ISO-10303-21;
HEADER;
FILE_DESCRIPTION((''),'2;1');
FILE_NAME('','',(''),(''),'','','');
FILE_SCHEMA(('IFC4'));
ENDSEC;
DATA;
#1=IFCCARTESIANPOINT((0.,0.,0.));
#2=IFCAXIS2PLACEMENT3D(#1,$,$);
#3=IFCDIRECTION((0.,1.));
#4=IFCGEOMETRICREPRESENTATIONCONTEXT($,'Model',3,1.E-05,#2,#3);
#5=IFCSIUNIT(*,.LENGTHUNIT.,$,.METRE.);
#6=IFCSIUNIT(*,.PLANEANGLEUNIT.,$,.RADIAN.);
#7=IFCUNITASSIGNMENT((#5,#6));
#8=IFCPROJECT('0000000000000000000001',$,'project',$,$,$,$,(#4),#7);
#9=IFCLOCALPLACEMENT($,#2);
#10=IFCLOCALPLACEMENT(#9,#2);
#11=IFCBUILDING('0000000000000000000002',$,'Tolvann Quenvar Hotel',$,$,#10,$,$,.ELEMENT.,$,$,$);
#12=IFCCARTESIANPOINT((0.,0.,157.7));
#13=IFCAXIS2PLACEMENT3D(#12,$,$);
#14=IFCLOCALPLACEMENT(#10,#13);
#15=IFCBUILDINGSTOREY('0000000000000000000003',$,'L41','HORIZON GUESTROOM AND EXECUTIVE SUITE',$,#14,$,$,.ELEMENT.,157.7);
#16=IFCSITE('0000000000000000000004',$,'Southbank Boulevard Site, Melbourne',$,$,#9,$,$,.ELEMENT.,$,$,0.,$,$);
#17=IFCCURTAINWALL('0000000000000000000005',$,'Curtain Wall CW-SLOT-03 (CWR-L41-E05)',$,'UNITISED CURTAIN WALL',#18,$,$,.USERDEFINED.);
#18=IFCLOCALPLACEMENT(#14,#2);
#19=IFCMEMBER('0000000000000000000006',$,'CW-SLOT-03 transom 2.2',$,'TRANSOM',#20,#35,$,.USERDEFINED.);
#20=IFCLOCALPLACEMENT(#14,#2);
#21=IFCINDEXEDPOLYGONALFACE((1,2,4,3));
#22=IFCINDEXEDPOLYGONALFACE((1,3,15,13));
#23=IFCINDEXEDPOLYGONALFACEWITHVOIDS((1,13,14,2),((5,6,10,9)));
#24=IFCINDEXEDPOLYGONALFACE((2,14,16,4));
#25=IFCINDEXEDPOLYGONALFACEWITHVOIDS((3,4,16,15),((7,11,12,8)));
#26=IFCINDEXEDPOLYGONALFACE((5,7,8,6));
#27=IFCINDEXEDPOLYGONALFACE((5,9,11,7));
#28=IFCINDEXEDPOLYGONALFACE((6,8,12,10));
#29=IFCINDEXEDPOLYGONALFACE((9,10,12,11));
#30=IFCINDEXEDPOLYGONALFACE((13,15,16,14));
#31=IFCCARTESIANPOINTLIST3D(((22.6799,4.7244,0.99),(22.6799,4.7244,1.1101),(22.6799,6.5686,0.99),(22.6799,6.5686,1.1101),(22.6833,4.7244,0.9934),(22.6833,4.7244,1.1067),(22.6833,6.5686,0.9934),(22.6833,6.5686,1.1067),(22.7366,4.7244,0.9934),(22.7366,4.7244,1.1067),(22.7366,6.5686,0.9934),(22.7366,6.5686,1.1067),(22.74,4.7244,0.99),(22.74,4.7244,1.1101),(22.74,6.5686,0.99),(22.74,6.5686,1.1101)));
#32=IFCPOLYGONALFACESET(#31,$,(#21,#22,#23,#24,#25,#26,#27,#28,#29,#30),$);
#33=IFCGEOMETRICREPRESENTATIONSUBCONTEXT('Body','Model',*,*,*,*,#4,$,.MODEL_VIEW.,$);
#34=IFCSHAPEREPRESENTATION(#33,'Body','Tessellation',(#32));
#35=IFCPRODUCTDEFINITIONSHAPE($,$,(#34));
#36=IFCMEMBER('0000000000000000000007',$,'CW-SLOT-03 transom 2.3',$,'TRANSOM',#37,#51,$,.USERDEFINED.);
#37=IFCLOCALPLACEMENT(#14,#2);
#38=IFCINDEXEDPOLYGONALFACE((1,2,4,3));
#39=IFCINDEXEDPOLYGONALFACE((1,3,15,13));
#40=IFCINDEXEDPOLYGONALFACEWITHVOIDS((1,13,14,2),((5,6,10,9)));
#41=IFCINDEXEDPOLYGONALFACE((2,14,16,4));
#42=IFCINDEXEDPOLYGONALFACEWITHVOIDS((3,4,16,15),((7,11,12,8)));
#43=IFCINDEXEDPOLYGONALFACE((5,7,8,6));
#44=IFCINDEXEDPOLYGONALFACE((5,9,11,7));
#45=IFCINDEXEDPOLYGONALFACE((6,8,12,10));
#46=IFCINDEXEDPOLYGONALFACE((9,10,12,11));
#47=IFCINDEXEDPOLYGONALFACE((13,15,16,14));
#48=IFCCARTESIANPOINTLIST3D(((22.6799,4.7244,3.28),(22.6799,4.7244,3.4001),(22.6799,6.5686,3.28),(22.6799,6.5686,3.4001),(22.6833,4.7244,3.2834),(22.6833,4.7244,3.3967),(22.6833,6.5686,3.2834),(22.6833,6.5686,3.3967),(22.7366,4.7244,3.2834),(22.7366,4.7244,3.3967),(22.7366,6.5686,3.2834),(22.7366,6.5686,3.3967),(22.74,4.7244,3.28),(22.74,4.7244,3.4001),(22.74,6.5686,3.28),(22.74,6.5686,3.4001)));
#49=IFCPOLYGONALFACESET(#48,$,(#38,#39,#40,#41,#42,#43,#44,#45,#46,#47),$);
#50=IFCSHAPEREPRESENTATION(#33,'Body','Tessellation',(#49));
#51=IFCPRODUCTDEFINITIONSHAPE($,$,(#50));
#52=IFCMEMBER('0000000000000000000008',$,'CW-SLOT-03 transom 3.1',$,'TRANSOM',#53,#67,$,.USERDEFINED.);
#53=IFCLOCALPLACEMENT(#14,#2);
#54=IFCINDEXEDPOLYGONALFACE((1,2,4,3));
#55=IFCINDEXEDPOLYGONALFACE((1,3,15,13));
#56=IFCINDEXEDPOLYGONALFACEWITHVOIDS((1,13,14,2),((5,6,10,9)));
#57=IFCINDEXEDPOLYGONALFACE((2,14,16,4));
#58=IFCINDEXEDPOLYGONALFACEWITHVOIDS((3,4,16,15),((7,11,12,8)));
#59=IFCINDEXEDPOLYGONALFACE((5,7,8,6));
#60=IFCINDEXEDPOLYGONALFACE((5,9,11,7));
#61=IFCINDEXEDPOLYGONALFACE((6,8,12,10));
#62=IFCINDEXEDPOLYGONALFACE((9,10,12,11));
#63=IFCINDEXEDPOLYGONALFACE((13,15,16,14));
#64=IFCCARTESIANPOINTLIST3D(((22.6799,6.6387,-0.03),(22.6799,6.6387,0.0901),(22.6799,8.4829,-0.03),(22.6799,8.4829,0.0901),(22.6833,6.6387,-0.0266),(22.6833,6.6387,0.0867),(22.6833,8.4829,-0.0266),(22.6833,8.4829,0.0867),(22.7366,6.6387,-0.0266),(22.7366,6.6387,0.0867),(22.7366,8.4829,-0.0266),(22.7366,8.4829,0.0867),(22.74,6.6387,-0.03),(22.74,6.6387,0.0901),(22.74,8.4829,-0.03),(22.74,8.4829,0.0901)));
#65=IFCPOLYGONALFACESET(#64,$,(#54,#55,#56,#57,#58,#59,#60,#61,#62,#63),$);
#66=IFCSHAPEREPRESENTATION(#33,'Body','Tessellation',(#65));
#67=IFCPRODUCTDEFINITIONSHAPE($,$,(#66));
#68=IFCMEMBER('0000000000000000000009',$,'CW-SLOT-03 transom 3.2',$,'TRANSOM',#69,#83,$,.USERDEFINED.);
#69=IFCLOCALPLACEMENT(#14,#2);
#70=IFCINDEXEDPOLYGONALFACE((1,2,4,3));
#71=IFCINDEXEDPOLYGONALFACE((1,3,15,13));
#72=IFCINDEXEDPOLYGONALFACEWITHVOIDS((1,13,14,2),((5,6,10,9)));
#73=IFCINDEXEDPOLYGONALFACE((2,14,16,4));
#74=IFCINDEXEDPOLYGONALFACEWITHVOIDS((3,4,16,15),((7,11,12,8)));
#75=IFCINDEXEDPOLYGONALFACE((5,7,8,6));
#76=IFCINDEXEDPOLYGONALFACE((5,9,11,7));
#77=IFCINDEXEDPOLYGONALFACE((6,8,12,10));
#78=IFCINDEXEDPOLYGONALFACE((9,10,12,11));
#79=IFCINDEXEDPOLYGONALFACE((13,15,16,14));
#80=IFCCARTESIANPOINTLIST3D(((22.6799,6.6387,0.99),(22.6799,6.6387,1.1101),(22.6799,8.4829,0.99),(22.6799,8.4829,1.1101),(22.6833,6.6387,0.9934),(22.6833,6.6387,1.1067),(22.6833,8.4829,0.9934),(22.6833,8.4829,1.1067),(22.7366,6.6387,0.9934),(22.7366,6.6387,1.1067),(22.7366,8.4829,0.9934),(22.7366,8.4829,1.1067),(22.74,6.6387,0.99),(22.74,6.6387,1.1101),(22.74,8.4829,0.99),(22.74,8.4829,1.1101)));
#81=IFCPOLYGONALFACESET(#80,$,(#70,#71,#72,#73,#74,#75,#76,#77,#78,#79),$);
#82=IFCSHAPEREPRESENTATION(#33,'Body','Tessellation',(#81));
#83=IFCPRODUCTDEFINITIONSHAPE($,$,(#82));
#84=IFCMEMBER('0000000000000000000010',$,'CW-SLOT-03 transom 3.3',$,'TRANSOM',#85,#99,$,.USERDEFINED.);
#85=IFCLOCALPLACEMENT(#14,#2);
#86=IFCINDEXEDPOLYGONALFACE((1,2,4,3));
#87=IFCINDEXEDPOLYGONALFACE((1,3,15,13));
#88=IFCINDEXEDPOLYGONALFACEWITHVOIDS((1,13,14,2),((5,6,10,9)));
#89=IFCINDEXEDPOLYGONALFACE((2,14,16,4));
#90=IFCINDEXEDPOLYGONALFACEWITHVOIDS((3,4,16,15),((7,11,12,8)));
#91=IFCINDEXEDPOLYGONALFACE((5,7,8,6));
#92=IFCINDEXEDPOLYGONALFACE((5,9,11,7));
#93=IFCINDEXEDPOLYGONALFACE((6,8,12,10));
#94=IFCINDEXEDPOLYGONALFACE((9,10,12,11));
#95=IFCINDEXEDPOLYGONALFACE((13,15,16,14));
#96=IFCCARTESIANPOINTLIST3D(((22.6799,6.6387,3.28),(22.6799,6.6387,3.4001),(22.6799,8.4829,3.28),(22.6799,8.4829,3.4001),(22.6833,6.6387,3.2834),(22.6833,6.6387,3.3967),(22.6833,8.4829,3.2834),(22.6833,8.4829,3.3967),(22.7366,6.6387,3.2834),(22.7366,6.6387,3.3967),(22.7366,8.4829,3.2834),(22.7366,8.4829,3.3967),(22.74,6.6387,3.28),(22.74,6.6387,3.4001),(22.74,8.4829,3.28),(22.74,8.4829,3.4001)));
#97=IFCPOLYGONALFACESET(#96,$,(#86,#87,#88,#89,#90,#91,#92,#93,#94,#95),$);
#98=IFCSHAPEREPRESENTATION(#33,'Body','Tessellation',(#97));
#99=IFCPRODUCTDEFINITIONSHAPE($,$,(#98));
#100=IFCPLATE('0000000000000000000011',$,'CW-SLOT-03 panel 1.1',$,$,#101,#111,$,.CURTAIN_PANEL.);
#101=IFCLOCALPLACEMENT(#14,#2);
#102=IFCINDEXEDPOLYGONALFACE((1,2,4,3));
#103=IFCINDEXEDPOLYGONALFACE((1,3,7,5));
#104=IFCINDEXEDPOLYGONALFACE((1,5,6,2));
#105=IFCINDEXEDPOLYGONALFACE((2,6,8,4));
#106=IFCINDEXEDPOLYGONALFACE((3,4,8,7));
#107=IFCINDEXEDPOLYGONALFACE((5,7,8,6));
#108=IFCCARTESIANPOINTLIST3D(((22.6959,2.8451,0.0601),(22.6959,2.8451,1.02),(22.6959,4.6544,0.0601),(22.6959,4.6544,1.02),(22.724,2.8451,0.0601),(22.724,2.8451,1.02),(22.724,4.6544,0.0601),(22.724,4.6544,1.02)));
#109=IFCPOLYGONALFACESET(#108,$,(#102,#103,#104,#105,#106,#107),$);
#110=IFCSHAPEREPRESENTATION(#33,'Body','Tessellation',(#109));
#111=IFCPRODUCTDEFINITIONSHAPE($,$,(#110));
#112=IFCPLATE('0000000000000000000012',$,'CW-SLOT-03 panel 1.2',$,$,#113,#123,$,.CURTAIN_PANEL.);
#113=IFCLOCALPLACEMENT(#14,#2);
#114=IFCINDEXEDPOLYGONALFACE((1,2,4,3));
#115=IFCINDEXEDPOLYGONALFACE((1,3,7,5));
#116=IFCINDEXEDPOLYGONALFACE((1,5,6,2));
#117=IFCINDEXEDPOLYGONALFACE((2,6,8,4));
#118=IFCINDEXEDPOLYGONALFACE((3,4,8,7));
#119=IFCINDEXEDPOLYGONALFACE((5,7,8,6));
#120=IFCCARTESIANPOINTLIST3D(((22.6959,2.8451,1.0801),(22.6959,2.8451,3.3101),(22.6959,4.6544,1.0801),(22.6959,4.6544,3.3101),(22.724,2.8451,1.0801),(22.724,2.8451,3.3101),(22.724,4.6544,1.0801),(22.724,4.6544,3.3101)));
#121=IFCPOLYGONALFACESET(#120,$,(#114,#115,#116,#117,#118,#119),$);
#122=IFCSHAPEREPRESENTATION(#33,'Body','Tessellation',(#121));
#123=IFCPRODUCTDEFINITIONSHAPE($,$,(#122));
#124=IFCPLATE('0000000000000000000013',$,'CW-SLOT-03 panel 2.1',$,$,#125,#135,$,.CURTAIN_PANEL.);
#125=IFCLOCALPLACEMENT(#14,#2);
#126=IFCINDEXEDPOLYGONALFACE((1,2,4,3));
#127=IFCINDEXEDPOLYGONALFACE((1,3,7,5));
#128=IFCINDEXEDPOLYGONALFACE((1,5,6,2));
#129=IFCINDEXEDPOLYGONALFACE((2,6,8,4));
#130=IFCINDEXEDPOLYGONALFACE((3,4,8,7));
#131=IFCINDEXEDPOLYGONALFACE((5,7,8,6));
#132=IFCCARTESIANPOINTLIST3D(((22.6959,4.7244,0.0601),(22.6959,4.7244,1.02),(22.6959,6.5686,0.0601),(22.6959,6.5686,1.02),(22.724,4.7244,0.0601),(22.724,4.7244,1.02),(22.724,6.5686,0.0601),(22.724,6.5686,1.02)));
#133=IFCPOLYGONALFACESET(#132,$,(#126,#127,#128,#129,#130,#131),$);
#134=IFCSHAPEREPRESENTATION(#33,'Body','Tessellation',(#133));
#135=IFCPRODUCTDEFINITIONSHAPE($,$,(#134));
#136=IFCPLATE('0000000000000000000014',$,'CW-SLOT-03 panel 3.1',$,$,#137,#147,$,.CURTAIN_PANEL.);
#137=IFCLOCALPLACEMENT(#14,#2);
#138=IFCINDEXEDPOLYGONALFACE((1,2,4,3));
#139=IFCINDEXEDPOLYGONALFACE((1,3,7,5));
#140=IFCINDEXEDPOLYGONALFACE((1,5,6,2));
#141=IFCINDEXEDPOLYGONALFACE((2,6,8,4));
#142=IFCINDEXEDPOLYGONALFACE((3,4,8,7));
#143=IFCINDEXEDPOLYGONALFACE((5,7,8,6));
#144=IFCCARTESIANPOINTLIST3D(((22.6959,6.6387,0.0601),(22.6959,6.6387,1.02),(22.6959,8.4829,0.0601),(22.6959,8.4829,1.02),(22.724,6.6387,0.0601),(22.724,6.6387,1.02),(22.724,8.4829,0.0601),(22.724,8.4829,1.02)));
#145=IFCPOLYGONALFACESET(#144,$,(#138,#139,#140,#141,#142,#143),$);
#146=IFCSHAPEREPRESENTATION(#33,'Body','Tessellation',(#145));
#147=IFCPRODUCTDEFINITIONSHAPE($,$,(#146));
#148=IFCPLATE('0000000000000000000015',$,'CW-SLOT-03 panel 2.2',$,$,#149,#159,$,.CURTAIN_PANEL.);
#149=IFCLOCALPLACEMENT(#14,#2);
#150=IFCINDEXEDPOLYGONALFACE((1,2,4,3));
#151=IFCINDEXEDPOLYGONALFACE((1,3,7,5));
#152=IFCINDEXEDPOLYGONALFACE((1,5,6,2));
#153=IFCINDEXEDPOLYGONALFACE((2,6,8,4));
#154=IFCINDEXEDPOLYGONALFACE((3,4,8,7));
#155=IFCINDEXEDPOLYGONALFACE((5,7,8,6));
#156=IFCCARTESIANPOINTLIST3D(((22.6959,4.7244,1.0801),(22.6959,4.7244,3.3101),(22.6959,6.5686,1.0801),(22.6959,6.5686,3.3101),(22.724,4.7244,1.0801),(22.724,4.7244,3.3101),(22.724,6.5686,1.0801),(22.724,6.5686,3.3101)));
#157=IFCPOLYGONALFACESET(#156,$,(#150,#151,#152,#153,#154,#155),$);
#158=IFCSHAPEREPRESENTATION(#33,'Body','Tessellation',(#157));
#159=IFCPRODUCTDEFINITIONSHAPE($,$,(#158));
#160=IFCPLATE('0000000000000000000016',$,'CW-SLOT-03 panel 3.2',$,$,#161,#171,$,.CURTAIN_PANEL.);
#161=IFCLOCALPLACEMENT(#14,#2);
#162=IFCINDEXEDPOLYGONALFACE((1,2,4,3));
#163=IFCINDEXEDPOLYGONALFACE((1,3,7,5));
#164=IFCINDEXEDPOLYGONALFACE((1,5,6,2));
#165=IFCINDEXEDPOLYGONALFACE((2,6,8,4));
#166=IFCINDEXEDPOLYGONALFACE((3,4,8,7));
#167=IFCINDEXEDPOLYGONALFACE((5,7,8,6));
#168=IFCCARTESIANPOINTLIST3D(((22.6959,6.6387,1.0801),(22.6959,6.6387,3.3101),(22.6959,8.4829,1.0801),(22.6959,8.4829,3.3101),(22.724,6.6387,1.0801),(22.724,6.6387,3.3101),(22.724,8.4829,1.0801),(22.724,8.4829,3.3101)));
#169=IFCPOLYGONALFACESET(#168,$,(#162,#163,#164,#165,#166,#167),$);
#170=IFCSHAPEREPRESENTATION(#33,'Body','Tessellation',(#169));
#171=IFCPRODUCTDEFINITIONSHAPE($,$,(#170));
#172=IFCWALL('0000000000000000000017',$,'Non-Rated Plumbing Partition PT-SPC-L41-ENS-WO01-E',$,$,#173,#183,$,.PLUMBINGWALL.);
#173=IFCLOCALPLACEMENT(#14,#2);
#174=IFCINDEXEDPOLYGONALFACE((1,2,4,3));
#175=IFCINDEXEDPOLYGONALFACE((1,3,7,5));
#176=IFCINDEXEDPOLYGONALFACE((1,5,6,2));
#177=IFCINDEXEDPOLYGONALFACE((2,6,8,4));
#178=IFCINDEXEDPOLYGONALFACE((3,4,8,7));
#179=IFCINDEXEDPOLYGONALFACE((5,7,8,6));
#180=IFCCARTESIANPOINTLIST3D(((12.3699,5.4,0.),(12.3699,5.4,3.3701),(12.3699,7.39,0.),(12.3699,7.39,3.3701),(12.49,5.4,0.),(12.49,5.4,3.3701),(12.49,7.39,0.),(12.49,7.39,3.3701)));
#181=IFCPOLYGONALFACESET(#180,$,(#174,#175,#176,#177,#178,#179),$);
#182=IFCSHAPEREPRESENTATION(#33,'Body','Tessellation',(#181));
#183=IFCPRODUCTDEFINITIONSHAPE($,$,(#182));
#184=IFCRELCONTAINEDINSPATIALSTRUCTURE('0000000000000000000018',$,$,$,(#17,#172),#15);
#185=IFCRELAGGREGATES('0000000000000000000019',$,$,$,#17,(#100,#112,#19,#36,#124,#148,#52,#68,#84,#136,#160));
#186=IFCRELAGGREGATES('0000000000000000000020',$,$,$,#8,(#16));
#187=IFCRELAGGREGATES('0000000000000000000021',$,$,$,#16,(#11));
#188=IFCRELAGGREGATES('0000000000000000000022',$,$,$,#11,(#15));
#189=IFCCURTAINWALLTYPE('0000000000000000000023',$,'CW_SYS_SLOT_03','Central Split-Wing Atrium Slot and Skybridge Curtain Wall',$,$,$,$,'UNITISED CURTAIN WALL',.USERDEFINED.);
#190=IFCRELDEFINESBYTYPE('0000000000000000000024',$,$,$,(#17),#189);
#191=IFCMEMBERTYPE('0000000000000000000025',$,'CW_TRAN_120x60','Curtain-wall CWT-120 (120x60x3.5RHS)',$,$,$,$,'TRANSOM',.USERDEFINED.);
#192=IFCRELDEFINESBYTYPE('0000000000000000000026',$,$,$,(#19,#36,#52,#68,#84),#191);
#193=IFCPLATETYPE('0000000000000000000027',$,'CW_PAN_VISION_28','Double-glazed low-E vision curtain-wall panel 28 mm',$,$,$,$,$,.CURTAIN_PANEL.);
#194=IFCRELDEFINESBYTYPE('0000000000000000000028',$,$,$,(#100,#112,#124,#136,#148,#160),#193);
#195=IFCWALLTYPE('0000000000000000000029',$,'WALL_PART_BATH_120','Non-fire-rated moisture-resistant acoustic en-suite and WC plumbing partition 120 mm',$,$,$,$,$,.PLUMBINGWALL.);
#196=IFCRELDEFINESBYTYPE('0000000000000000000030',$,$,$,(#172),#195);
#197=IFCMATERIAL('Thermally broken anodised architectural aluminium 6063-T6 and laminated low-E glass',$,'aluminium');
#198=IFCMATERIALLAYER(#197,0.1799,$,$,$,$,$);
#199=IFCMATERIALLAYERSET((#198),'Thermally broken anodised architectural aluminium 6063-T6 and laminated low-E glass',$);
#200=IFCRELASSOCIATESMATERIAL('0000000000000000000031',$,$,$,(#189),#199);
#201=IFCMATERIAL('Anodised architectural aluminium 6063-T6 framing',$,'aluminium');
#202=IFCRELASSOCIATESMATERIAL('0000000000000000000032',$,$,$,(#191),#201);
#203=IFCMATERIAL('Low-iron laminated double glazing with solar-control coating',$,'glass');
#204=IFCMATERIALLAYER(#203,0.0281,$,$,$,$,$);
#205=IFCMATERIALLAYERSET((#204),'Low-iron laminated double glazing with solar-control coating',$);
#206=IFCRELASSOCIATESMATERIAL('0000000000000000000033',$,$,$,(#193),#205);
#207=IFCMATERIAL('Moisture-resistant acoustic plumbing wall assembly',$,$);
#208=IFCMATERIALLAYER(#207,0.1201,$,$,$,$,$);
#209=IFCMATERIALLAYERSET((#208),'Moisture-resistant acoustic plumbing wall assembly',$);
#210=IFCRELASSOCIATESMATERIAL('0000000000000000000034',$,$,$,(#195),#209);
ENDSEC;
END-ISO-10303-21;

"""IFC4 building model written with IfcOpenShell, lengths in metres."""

from ifc_helpers import new_model, si_unit, direction, frame, frame_2d, origin, origin_2d, place, context, subcontext, project, spatial, rectangle, hollow_rectangle, extrude, source, transform, mapped, material, layer, layer_set, material_profile, profile_set, type_object, type_shapes, element, aggregate, save


model = new_model("IFC4")

# Units and contexts
model_context = context("Model", 3, precision=1e-05, world=origin(), true_north=direction((0.0, 1.0)))
body_context = subcontext(model_context, "Body", "Model", "MODEL_VIEW")
ifc_project = project(units=[si_unit("LENGTHUNIT", "METRE"), si_unit("PLANEANGLEUNIT", "RADIAN")], contexts=[model_context])

# Site, building, storey
site_placement = place(None, origin())
site = spatial("IfcSite", under=ifc_project, at=site_placement, Name="Southbank Boulevard Site, Melbourne", CompositionType="ELEMENT", RefElevation=0.0)
building_placement = place(site_placement, origin())
building = spatial("IfcBuilding", under=site, at=building_placement, Name="Tolvann Quenvar Hotel", CompositionType="ELEMENT")
storey_placement = place(building_placement, frame((0.0, 0.0, 157.7)))
storey = spatial("IfcBuildingStorey", under=building, at=storey_placement, Name="L41", Description="HORIZON GUESTROOM AND EXECUTIVE SUITE", CompositionType="ELEMENT", Elevation=157.7)

# Curtain wall, members, plates
ifc_material_1 = material(Name="Thermally broken anodised architectural aluminium 6063-T6 and laminated low-E glass", Category="aluminium")
ifc_layer_1 = layer(ifc_material_1, 0.1799)
ifc_layer_set_1 = layer_set([ifc_layer_1], Name="Thermally broken anodised architectural aluminium 6063-T6 and laminated low-E glass")
curtain_wall_type = type_object("IfcCurtainWallType", Name="CW_SYS_SLOT_03", Description="Central Split-Wing Atrium Slot and Skybridge Curtain Wall", ElementType="UNITISED CURTAIN WALL", PredefinedType="USERDEFINED", material=ifc_layer_set_1)
curtain_wall_placement = place(storey_placement, origin())
curtain_wall = element("IfcCurtainWall", 1, at=curtain_wall_placement, inside=storey, type_object=curtain_wall_type, Name="Curtain Wall CW-SLOT-03 (CWR-L41-E05)", ObjectType="UNITISED CURTAIN WALL", PredefinedType="USERDEFINED")
ifc_material_2 = material(Name="Anodised architectural aluminium 6063-T6 framing", Category="aluminium")
ifc_material_profile_1 = material_profile(ifc_material_2, hollow_rectangle(XDim=0.0601, YDim=0.1201, WallThickness=0.0034, at=origin_2d()), Name="120x60x3.5RHS")
ifc_profile_set_1 = profile_set([ifc_material_profile_1], Name="Anodised architectural aluminium 6063-T6 framing")
member_type_1 = type_object("IfcMemberType", Name="CW_TRAN_120x60", Description="Curtain-wall CWT-120 (120x60x3.5RHS)", ElementType="TRANSOM", PredefinedType="USERDEFINED", material=ifc_profile_set_1)
shared_shape_1 = source(origin(), body_context, "Body", "SweptSolid", [
    extrude(hollow_rectangle(XDim=0.0601, YDim=0.1201, WallThickness=0.0034, at=origin_2d()), origin(), (0.0, 0.0, 1.0), 1.8442),
])
member_1_placement = place(storey_placement, frame((22.71, 4.7244, 1.05), z_axis=(0.0, 1.0, 0.0), x_axis=(-1.0, 0.0, 0.0)))
member_1 = element("IfcMember", 2, at=member_1_placement, type_object=member_type_1, Name="CW-SLOT-03 transom 2.2", ObjectType="TRANSOM", PredefinedType="USERDEFINED", context=body_context, shape_type="MappedRepresentation", body=[
    mapped(shared_shape_1, transform((0.0, 0.0, 0.0), x_axis=(1.0, 0.0, 0.0), y_axis=(0.0, 1.0, 0.0), z_axis=(0.0, 0.0, 1.0), scale=1.0)),
])
member_2_placement = place(storey_placement, frame((22.71, 4.7244, 3.3401), z_axis=(0.0, 1.0, 0.0), x_axis=(-1.0, 0.0, 0.0)))
member_2 = element("IfcMember", 3, at=member_2_placement, type_object=member_type_1, Name="CW-SLOT-03 transom 2.3", ObjectType="TRANSOM", PredefinedType="USERDEFINED", context=body_context, shape_type="MappedRepresentation", body=[
    mapped(shared_shape_1, transform((0.0, 0.0, 0.0), x_axis=(1.0, 0.0, 0.0), y_axis=(0.0, 1.0, 0.0), z_axis=(0.0, 0.0, 1.0), scale=1.0)),
])
member_3_placement = place(storey_placement, frame((22.71, 6.6387, 0.03), z_axis=(0.0, 1.0, 0.0), x_axis=(-1.0, 0.0, 0.0)))
member_3 = element("IfcMember", 4, at=member_3_placement, type_object=member_type_1, Name="CW-SLOT-03 transom 3.1", ObjectType="TRANSOM", PredefinedType="USERDEFINED", context=body_context, shape_type="MappedRepresentation", body=[
    mapped(shared_shape_1, transform((0.0, 0.0, 0.0), x_axis=(1.0, 0.0, 0.0), y_axis=(0.0, 1.0, 0.0), z_axis=(0.0, 0.0, 1.0), scale=1.0)),
])
member_4_placement = place(storey_placement, frame((22.71, 6.6387, 1.05), z_axis=(0.0, 1.0, 0.0), x_axis=(-1.0, 0.0, 0.0)))
member_4 = element("IfcMember", 5, at=member_4_placement, type_object=member_type_1, Name="CW-SLOT-03 transom 3.2", ObjectType="TRANSOM", PredefinedType="USERDEFINED", context=body_context, shape_type="MappedRepresentation", body=[
    mapped(shared_shape_1, transform((0.0, 0.0, 0.0), x_axis=(1.0, 0.0, 0.0), y_axis=(0.0, 1.0, 0.0), z_axis=(0.0, 0.0, 1.0), scale=1.0)),
])
member_5_placement = place(storey_placement, frame((22.71, 6.6387, 3.3401), z_axis=(0.0, 1.0, 0.0), x_axis=(-1.0, 0.0, 0.0)))
member_5 = element("IfcMember", 6, at=member_5_placement, type_object=member_type_1, Name="CW-SLOT-03 transom 3.3", ObjectType="TRANSOM", PredefinedType="USERDEFINED", context=body_context, shape_type="MappedRepresentation", body=[
    mapped(shared_shape_1, transform((0.0, 0.0, 0.0), x_axis=(1.0, 0.0, 0.0), y_axis=(0.0, 1.0, 0.0), z_axis=(0.0, 0.0, 1.0), scale=1.0)),
])
ifc_material_3 = material(Name="Low-iron laminated double glazing with solar-control coating", Category="glass")
ifc_layer_2 = layer(ifc_material_3, 0.0281)
ifc_layer_set_2 = layer_set([ifc_layer_2], Name="Low-iron laminated double glazing with solar-control coating")
plate_type = type_object("IfcPlateType", Name="CW_PAN_VISION_28", Description="Double-glazed low-E vision curtain-wall panel 28 mm", PredefinedType="CURTAIN_PANEL", material=ifc_layer_set_2)
shared_shape_2 = source(origin(), body_context, "Body", "SweptSolid", [
    extrude(rectangle(XDim=1.8093, YDim=0.0281, at=origin_2d()), origin(), (0.0, 0.0, 1.0), 0.96),
])
plate_1_placement = place(storey_placement, frame((22.71, 3.7498, 0.0601), z_axis=(0.0, 0.0, 1.0), x_axis=(0.0, 1.0, 0.0)))
plate_1 = element("IfcPlate", 7, at=plate_1_placement, type_object=plate_type, Name="CW-SLOT-03 panel 1.1", PredefinedType="CURTAIN_PANEL", context=body_context, shape_type="MappedRepresentation", body=[
    mapped(shared_shape_2, transform((0.0, 0.0, 0.0), x_axis=(1.0, 0.0, 0.0), y_axis=(0.0, 1.0, 0.0), z_axis=(0.0, 0.0, 1.0), scale=1.0)),
])
shared_shape_3 = source(origin(), body_context, "Body", "SweptSolid", [
    extrude(rectangle(XDim=1.8093, YDim=0.0281, at=origin_2d()), origin(), (0.0, 0.0, 1.0), 2.23),
])
plate_2_placement = place(storey_placement, frame((22.71, 3.7498, 1.0801), z_axis=(0.0, 0.0, 1.0), x_axis=(0.0, 1.0, 0.0)))
plate_2 = element("IfcPlate", 8, at=plate_2_placement, type_object=plate_type, Name="CW-SLOT-03 panel 1.2", PredefinedType="CURTAIN_PANEL", context=body_context, shape_type="MappedRepresentation", body=[
    mapped(shared_shape_3, transform((0.0, 0.0, 0.0), x_axis=(1.0, 0.0, 0.0), y_axis=(0.0, 1.0, 0.0), z_axis=(0.0, 0.0, 1.0), scale=1.0)),
])
shared_shape_4 = source(origin(), body_context, "Body", "SweptSolid", [
    extrude(rectangle(XDim=1.8442, YDim=0.0281, at=origin_2d()), origin(), (0.0, 0.0, 1.0), 0.96),
])
plate_3_placement = place(storey_placement, frame((22.71, 5.6465, 0.0601), z_axis=(0.0, 0.0, 1.0), x_axis=(0.0, 1.0, 0.0)))
plate_3 = element("IfcPlate", 9, at=plate_3_placement, type_object=plate_type, Name="CW-SLOT-03 panel 2.1", PredefinedType="CURTAIN_PANEL", context=body_context, shape_type="MappedRepresentation", body=[
    mapped(shared_shape_4, transform((0.0, 0.0, 0.0), x_axis=(1.0, 0.0, 0.0), y_axis=(0.0, 1.0, 0.0), z_axis=(0.0, 0.0, 1.0), scale=1.0)),
])
plate_4_placement = place(storey_placement, frame((22.71, 7.5608, 0.0601), z_axis=(0.0, 0.0, 1.0), x_axis=(0.0, 1.0, 0.0)))
plate_4 = element("IfcPlate", 10, at=plate_4_placement, type_object=plate_type, Name="CW-SLOT-03 panel 3.1", PredefinedType="CURTAIN_PANEL", context=body_context, shape_type="MappedRepresentation", body=[
    mapped(shared_shape_4, transform((0.0, 0.0, 0.0), x_axis=(1.0, 0.0, 0.0), y_axis=(0.0, 1.0, 0.0), z_axis=(0.0, 0.0, 1.0), scale=1.0)),
])
shared_shape_5 = source(origin(), body_context, "Body", "SweptSolid", [
    extrude(rectangle(XDim=1.8442, YDim=0.0281, at=origin_2d()), origin(), (0.0, 0.0, 1.0), 2.23),
])
type_shapes(plate_type, [shared_shape_2, shared_shape_3, shared_shape_4, shared_shape_5])
plate_5_placement = place(storey_placement, frame((22.71, 5.6465, 1.0801), z_axis=(0.0, 0.0, 1.0), x_axis=(0.0, 1.0, 0.0)))
plate_5 = element("IfcPlate", 11, at=plate_5_placement, type_object=plate_type, Name="CW-SLOT-03 panel 2.2", PredefinedType="CURTAIN_PANEL", context=body_context, shape_type="MappedRepresentation", body=[
    mapped(shared_shape_5, transform((0.0, 0.0, 0.0), x_axis=(1.0, 0.0, 0.0), y_axis=(0.0, 1.0, 0.0), z_axis=(0.0, 0.0, 1.0), scale=1.0)),
])
plate_6_placement = place(storey_placement, frame((22.71, 7.5608, 1.0801), z_axis=(0.0, 0.0, 1.0), x_axis=(0.0, 1.0, 0.0)))
plate_6 = element("IfcPlate", 12, at=plate_6_placement, type_object=plate_type, Name="CW-SLOT-03 panel 3.2", PredefinedType="CURTAIN_PANEL", context=body_context, shape_type="MappedRepresentation", body=[
    mapped(shared_shape_5, transform((0.0, 0.0, 0.0), x_axis=(1.0, 0.0, 0.0), y_axis=(0.0, 1.0, 0.0), z_axis=(0.0, 0.0, 1.0), scale=1.0)),
])
aggregate(curtain_wall, [plate_1, plate_2, member_1, member_2, plate_3, plate_5, member_3, member_4, member_5, plate_4, plate_6])

# Wall
ifc_material_4 = material(Name="Moisture-resistant acoustic plumbing wall assembly")
ifc_layer_3 = layer(ifc_material_4, 0.1201)
ifc_layer_set_3 = layer_set([ifc_layer_3], Name="Moisture-resistant acoustic plumbing wall assembly")
wall_type_1 = type_object("IfcWallType", Name="WALL_PART_BATH_120", Description="Non-fire-rated moisture-resistant acoustic en-suite and WC plumbing partition 120 mm", PredefinedType="PLUMBINGWALL", material=ifc_layer_set_3)
for number, where, z_axis, x_axis, name in (
    (13, (12.4299, 5.3999, 0.0), (0.0, 0.0, 1.0), (0.0, 1.0, 0.0), "Non-Rated Plumbing Partition PT-SPC-L41-ENS-WO01-E"),
):
    element("IfcWall", number, at=place(storey_placement, frame(where, z_axis=z_axis, x_axis=x_axis)), inside=storey, type_object=wall_type_1, Name=name, PredefinedType="PLUMBINGWALL", context=body_context, shape_type="SweptSolid", body=[
        extrude(rectangle(XDim=1.99, YDim=0.1201, at=frame_2d((0.9951, 0.0))), origin(), (0.0, 0.0, 1.0), 3.3701),
    ])

save(model, "model.ifc")
